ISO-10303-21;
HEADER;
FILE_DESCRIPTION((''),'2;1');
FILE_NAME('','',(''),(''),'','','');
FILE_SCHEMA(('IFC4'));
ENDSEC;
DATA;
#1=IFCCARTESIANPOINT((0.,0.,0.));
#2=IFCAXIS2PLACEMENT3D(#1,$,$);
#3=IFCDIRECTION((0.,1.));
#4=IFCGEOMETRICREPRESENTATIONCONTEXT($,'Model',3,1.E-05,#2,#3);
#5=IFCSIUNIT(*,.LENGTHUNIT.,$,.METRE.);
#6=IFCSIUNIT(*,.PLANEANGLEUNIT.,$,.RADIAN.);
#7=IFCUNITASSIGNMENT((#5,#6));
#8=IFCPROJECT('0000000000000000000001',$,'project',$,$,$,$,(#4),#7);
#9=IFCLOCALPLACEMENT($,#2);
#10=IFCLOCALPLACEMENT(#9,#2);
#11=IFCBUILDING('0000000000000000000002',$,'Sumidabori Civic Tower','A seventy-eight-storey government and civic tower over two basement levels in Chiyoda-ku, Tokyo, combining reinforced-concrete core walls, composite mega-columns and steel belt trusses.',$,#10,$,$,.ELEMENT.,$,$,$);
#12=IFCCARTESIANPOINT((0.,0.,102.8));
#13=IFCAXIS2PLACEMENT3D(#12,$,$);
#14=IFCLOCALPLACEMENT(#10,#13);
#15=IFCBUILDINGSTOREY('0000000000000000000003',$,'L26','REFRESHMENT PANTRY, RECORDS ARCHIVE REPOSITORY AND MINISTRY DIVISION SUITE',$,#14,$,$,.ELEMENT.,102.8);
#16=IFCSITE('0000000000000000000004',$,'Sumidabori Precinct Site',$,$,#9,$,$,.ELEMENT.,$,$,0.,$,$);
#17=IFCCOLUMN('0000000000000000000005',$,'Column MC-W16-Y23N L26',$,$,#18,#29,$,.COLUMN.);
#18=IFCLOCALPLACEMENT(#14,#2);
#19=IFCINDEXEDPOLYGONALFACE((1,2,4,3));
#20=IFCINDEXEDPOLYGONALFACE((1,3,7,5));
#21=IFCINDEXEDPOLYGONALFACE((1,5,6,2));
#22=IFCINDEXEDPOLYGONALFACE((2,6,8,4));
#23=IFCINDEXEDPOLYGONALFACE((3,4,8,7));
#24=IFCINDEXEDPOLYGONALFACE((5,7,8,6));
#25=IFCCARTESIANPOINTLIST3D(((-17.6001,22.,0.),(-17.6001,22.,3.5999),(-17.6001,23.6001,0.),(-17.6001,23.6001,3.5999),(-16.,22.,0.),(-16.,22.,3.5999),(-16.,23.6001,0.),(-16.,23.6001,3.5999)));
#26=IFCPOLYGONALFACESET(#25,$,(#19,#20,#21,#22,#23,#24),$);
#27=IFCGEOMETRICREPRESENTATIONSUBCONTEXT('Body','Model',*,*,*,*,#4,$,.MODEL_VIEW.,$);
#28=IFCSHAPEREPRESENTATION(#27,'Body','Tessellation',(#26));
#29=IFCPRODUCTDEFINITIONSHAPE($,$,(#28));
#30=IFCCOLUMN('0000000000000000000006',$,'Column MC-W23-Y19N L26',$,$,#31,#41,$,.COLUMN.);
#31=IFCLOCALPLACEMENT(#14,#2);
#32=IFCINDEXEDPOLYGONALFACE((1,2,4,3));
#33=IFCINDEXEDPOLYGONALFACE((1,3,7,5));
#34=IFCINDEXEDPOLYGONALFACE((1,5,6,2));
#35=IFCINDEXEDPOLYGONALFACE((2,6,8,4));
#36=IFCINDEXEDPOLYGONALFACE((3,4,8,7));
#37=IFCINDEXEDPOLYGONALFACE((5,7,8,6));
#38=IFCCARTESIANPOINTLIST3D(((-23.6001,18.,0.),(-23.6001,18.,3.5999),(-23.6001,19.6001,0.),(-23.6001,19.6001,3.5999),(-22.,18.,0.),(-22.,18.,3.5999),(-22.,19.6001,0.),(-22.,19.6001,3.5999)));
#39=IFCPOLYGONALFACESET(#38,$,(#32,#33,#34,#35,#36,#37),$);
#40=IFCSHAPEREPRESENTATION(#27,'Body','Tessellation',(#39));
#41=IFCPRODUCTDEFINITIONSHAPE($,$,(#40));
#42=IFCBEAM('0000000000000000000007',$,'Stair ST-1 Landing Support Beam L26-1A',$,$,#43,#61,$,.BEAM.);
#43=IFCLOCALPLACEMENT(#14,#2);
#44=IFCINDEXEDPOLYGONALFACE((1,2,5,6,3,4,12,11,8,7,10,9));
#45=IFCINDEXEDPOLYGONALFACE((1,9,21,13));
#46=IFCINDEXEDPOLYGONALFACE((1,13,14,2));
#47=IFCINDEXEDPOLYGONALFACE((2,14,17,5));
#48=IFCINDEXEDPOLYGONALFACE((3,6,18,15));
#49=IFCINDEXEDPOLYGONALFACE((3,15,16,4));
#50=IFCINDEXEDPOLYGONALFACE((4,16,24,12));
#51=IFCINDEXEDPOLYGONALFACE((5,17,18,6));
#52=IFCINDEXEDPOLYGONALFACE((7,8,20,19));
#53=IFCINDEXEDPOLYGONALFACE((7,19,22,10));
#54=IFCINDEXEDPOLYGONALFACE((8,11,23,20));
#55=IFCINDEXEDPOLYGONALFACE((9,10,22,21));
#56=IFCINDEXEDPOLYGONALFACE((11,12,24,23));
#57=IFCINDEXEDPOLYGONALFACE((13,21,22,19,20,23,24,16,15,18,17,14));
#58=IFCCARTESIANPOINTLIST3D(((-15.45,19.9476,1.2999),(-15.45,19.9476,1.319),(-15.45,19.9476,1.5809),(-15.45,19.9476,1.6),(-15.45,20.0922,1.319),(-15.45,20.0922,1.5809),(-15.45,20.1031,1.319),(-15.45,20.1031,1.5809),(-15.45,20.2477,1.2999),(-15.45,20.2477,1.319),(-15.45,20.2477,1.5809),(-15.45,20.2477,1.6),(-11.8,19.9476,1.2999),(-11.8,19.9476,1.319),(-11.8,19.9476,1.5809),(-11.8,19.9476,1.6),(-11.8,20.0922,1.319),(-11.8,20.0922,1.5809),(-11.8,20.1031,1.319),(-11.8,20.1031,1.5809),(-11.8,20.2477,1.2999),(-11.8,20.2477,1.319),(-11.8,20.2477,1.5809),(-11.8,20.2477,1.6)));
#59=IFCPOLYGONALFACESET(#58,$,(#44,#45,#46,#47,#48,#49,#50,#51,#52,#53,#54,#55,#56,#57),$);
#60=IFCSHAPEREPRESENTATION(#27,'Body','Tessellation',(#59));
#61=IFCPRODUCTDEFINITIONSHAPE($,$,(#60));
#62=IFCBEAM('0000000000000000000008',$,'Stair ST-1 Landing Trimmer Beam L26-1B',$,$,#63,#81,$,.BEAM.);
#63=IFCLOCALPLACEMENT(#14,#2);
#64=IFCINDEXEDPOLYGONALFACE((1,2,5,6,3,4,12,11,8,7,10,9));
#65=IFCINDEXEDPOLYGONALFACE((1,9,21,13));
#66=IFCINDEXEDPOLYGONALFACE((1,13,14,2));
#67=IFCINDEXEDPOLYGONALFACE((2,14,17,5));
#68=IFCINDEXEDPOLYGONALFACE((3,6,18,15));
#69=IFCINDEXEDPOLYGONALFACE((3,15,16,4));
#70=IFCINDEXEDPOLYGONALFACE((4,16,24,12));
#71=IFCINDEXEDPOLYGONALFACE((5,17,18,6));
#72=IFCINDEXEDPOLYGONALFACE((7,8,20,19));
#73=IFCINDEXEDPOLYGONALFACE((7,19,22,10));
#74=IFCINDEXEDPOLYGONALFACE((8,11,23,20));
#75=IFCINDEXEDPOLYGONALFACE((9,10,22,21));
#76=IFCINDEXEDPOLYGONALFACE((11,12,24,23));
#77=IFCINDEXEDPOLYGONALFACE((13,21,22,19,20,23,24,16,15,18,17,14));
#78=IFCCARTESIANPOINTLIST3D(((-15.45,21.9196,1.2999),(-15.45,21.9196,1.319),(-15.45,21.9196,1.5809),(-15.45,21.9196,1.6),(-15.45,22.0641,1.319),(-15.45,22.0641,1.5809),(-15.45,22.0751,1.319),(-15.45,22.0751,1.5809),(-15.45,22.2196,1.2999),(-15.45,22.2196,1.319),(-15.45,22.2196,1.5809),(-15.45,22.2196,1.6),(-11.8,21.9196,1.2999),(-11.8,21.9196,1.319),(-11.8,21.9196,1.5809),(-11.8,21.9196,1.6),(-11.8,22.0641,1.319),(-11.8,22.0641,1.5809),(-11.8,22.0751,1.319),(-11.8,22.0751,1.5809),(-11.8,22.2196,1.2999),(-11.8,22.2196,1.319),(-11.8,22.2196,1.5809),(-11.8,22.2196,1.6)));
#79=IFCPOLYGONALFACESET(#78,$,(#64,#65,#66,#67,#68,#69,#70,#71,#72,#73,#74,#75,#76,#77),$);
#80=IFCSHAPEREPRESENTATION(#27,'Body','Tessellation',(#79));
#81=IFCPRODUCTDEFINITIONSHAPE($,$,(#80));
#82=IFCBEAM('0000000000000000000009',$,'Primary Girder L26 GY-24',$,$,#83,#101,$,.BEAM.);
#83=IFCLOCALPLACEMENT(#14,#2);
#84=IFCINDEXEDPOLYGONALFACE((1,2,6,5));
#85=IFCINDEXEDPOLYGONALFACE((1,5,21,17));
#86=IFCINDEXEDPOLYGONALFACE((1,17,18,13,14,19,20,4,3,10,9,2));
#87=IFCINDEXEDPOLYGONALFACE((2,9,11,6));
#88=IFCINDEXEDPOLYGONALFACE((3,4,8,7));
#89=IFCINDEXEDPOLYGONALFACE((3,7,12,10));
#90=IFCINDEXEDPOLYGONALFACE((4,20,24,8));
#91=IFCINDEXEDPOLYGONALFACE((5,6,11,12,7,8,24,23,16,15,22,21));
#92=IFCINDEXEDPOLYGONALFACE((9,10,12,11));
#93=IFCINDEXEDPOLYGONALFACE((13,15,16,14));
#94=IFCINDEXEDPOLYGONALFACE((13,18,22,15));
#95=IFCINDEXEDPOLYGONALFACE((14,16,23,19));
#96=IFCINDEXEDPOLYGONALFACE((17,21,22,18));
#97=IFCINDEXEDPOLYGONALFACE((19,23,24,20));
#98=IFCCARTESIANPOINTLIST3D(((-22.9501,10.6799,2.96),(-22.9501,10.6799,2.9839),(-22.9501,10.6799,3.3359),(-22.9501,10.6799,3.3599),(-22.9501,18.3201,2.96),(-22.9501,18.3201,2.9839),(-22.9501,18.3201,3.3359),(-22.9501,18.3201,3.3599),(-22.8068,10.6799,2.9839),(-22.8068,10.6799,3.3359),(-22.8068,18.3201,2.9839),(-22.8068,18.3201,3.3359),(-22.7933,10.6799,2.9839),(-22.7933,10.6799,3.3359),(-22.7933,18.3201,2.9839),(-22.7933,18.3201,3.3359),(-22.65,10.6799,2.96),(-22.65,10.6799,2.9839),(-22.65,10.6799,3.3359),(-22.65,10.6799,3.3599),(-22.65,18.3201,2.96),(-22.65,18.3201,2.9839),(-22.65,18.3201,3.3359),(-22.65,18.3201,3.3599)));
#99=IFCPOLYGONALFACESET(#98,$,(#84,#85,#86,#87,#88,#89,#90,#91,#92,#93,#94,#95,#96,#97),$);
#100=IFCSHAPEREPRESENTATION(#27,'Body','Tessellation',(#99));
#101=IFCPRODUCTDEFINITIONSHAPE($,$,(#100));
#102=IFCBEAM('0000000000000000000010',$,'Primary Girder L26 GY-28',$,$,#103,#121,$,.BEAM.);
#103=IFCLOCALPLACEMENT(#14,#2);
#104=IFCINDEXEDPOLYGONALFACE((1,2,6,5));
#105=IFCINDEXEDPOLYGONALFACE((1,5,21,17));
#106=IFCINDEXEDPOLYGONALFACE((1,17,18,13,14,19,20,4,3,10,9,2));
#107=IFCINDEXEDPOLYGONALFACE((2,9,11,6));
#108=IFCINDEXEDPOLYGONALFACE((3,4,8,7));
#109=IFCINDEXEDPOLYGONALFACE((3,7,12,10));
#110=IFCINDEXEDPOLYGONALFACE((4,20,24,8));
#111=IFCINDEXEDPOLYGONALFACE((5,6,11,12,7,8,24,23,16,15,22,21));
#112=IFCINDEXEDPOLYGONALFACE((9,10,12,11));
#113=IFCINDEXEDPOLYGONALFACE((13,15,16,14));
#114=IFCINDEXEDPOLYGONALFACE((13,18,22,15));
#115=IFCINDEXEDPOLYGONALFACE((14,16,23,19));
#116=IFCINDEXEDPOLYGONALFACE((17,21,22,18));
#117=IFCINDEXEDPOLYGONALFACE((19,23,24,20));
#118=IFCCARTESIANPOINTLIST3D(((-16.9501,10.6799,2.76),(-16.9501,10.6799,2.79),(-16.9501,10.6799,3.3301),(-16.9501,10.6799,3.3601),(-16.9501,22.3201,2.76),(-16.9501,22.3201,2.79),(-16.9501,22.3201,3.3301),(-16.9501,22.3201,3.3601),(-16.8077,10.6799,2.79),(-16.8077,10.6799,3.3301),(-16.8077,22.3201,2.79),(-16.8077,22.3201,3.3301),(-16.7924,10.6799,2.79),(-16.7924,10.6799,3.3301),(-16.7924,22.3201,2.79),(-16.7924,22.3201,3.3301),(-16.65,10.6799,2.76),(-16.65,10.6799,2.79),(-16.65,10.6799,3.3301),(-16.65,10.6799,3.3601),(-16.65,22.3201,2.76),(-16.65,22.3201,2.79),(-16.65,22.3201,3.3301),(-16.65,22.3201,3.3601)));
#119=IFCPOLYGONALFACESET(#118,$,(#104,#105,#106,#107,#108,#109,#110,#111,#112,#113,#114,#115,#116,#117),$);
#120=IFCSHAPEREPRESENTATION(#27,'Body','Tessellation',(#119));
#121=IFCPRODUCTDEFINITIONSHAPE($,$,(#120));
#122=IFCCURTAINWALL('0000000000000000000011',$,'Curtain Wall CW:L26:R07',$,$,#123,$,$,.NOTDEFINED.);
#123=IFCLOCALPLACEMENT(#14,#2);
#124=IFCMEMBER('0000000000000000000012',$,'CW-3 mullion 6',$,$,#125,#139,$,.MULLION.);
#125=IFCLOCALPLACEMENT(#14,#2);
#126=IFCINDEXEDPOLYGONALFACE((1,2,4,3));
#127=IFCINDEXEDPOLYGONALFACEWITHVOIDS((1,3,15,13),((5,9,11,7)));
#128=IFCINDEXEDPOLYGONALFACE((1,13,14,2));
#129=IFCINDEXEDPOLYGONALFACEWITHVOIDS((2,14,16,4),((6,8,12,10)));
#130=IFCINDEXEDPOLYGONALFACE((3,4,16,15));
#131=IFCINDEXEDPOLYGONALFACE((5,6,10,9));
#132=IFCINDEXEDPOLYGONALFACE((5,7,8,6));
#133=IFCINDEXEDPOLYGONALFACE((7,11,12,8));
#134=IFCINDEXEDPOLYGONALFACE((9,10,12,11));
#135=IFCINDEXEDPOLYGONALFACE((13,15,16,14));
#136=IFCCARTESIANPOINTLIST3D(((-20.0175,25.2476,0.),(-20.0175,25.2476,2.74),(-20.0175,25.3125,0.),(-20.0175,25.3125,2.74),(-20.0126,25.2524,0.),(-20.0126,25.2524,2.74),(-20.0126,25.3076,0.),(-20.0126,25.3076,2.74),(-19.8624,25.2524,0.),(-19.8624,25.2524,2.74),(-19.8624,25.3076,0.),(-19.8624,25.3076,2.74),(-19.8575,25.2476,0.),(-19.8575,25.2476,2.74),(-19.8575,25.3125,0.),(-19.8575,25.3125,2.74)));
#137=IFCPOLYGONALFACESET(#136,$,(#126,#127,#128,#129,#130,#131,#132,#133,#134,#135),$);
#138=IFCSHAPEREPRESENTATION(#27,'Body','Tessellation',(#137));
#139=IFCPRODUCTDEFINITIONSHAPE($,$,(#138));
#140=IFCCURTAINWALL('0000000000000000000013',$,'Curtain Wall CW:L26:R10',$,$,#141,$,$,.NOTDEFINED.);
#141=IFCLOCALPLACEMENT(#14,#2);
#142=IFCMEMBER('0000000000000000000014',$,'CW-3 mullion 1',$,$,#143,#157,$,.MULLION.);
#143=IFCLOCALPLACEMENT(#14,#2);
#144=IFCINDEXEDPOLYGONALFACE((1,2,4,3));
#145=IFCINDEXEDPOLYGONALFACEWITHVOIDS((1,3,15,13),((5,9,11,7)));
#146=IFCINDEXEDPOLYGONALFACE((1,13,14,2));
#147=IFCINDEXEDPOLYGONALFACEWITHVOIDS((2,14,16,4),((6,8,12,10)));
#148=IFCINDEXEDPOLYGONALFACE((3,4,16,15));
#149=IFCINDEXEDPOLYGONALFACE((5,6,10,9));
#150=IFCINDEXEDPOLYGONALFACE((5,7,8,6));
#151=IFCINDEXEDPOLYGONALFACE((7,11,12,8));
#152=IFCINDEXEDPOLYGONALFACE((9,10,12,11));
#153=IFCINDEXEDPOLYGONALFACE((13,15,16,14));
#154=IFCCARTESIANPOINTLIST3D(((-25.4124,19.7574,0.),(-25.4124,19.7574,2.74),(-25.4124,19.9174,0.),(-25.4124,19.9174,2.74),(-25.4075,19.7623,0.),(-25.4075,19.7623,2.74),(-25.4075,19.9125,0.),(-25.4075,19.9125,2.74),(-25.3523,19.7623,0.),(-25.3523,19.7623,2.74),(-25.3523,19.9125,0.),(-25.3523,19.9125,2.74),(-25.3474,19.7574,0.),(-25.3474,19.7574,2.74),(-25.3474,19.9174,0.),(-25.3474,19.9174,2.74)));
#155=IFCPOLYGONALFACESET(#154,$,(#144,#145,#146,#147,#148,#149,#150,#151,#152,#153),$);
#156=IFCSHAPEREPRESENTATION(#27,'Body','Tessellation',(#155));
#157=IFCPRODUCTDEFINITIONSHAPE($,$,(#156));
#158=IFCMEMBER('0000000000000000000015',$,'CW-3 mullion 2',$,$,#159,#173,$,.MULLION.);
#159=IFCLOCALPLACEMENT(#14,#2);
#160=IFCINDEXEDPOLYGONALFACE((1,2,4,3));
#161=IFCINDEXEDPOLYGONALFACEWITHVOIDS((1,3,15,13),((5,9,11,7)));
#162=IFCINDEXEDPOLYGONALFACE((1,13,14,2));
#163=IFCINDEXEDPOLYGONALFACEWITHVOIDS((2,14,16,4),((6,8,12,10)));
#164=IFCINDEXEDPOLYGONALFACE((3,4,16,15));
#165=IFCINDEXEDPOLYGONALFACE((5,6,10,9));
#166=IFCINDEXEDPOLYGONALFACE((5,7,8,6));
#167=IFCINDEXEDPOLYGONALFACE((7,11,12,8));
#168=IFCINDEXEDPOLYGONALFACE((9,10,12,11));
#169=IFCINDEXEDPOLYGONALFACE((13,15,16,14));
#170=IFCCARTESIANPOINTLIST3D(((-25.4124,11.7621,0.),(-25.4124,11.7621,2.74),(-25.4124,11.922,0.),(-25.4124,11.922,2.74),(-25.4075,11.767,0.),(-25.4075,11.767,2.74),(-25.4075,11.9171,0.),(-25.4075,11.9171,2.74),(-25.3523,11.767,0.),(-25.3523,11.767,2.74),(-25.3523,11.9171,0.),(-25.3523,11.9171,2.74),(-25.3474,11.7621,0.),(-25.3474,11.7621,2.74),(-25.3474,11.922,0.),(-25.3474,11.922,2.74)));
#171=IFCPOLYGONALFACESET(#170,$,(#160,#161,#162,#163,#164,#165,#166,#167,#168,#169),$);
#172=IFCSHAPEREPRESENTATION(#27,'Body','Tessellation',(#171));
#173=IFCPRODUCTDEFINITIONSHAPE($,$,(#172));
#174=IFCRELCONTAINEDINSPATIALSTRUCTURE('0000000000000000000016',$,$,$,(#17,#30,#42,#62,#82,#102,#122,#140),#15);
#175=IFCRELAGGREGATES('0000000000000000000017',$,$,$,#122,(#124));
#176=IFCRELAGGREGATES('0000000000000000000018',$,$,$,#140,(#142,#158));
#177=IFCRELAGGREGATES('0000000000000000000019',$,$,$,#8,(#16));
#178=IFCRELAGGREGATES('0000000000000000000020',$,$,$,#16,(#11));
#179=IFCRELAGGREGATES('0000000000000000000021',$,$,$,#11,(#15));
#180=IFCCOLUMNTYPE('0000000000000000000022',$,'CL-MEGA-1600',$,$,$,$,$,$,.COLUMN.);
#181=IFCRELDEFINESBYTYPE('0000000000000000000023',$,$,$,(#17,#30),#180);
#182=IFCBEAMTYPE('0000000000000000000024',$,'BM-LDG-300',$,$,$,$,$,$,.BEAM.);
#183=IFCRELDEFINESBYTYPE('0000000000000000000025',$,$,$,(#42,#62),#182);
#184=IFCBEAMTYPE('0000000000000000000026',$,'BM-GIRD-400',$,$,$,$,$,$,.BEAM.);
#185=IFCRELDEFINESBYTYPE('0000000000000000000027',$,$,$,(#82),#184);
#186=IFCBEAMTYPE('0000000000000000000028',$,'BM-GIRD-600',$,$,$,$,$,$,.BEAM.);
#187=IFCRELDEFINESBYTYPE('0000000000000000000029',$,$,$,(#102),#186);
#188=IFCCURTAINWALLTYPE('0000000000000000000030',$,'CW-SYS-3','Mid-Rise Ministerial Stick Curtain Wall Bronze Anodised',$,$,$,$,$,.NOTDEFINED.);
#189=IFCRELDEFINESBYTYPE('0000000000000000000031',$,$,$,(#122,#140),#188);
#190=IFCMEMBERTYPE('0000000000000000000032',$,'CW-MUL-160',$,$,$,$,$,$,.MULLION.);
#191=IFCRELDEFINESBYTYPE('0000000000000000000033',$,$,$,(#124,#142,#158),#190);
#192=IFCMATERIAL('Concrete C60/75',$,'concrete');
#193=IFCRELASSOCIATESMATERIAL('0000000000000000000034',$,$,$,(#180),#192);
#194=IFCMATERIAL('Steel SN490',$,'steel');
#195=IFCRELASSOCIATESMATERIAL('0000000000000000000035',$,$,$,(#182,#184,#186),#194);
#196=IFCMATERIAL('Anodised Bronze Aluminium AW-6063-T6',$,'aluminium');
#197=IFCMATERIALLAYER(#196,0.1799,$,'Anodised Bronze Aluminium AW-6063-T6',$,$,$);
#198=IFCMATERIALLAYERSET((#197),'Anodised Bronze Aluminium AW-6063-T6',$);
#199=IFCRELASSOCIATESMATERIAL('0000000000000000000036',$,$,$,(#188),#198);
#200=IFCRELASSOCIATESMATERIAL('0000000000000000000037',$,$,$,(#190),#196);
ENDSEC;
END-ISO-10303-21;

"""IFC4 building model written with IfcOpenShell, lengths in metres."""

from ifc_helpers import new_model, si_unit, direction, frame, origin, origin_2d, place, context, subcontext, project, spatial, rectangle, hollow_rectangle, i_section, extrude, source, transform, mapped, material, layer, layer_set, material_profile, profile_set, type_object, element, aggregate, save


model = new_model("IFC4")

# Units and contexts
model_context = context("Model", 3, precision=1e-05, world=origin(), true_north=direction((0.0, 1.0)))
body_context = subcontext(model_context, "Body", "Model", "MODEL_VIEW")
ifc_project = project(units=[si_unit("LENGTHUNIT", "METRE"), si_unit("PLANEANGLEUNIT", "RADIAN")], contexts=[model_context])

# Site, building, storey
site_placement = place(None, origin())
site = spatial("IfcSite", under=ifc_project, at=site_placement, Name="Sumidabori Precinct Site", CompositionType="ELEMENT", RefElevation=0.0)
building_placement = place(site_placement, origin())
building = spatial("IfcBuilding", under=site, at=building_placement, Name="Sumidabori Civic Tower", Description="A seventy-eight-storey government and civic tower over two basement levels in Chiyoda-ku, Tokyo, combining reinforced-concrete core walls, composite mega-columns and steel belt trusses.", CompositionType="ELEMENT")
storey_placement = place(building_placement, frame((0.0, 0.0, 102.8)))
storey = spatial("IfcBuildingStorey", under=building, at=storey_placement, Name="L26", Description="REFRESHMENT PANTRY, RECORDS ARCHIVE REPOSITORY AND MINISTRY DIVISION SUITE", CompositionType="ELEMENT", Elevation=102.8)

# Columns
ifc_material_1 = material(Name="Concrete C60/75", Category="concrete")
ifc_material_profile_1 = material_profile(ifc_material_1, rectangle(XDim=1.6001, YDim=1.6001, at=origin_2d()), Name="RC 1600x1600")
ifc_profile_set_1 = profile_set([ifc_material_profile_1], Name="Concrete C60/75")
column_type = type_object("IfcColumnType", Name="CL-MEGA-1600", PredefinedType="COLUMN", material=ifc_profile_set_1)
shared_shape_1 = source(origin(), body_context, "Body", "SweptSolid", [
    extrude(rectangle(XDim=1.6001, YDim=1.6001, at=origin_2d()), origin(), (0.0, 0.0, 1.0), 3.5999),
])
for number, where, z_axis, x_axis, name in (
    (1, (-16.8, 22.8, 0.0), (0.0, 0.0, 1.0), (1.0, 0.0, 0.0), "Column MC-W16-Y23N L26"),
    (2, (-22.8, 18.8, 0.0), (0.0, 0.0, 1.0), (1.0, 0.0, 0.0), "Column MC-W23-Y19N L26"),
):
    element("IfcColumn", number, at=place(storey_placement, frame(where, z_axis=z_axis, x_axis=x_axis)), inside=storey, type_object=column_type, Name=name, PredefinedType="COLUMN", context=body_context, shape_type="MappedRepresentation", body=[
        mapped(shared_shape_1, transform((0.0, 0.0, 0.0), x_axis=(1.0, 0.0, 0.0), y_axis=(0.0, 1.0, 0.0), z_axis=(0.0, 0.0, 1.0), scale=1.0)),
    ])

# Beams
ifc_material_2 = material(Name="Steel SN490", Category="steel")
ifc_material_profile_2 = material_profile(ifc_material_2, i_section(OverallWidth=0.3, OverallDepth=0.3, WebThickness=0.011, FlangeThickness=0.019, at=origin_2d()), Name="HE 300 B")
ifc_profile_set_2 = profile_set([ifc_material_profile_2], Name="Steel SN490")
beam_type_1 = type_object("IfcBeamType", Name="BM-LDG-300", PredefinedType="BEAM", material=ifc_profile_set_2)
shared_shape_2 = source(origin(), body_context, "Body", "SweptSolid", [
    extrude(i_section(OverallWidth=0.3, OverallDepth=0.3, WebThickness=0.011, FlangeThickness=0.019, at=origin_2d()), origin(), (0.0, 0.0, 1.0), 3.6499),
])
for number, where, z_axis, x_axis, name in (
    (3, (-15.45, 20.0977, 1.45), (1.0, 0.0, 0.0), (0.0, 1.0, 0.0), "Stair ST-1 Landing Support Beam L26-1A"),
    (4, (-15.45, 22.0696, 1.45), (1.0, 0.0, 0.0), (0.0, 1.0, 0.0), "Stair ST-1 Landing Trimmer Beam L26-1B"),
):
    element("IfcBeam", number, at=place(storey_placement, frame(where, z_axis=z_axis, x_axis=x_axis)), inside=storey, type_object=beam_type_1, Name=name, PredefinedType="BEAM", context=body_context, shape_type="MappedRepresentation", body=[
        mapped(shared_shape_2, transform((0.0, 0.0, 0.0), x_axis=(1.0, 0.0, 0.0), y_axis=(0.0, 1.0, 0.0), z_axis=(0.0, 0.0, 1.0), scale=1.0)),
    ])
ifc_material_profile_3 = material_profile(ifc_material_2, i_section(OverallWidth=0.3, OverallDepth=0.3999, WebThickness=0.0134, FlangeThickness=0.0239, at=origin_2d()), Name="HE 400 B")
ifc_profile_set_3 = profile_set([ifc_material_profile_3], Name="Steel SN490")
beam_type_2 = type_object("IfcBeamType", Name="BM-GIRD-400", PredefinedType="BEAM", material=ifc_profile_set_3)
shared_shape_3 = source(origin(), body_context, "Body", "SweptSolid", [
    extrude(i_section(OverallWidth=0.3, OverallDepth=0.3999, WebThickness=0.0134, FlangeThickness=0.0239, at=origin_2d()), origin(), (0.0, 0.0, 1.0), 7.6401),
])
beam_1_placement = place(storey_placement, frame((-22.8, 10.6799, 3.1599), z_axis=(0.0, 1.0, 0.0), x_axis=(-1.0, 0.0, 0.0)))
element("IfcBeam", 5, at=beam_1_placement, inside=storey, type_object=beam_type_2, Name="Primary Girder L26 GY-24", PredefinedType="BEAM", context=body_context, shape_type="MappedRepresentation", body=[
    mapped(shared_shape_3, transform((0.0, 0.0, 0.0), x_axis=(1.0, 0.0, 0.0), y_axis=(0.0, 1.0, 0.0), z_axis=(0.0, 0.0, 1.0), scale=1.0)),
])
ifc_material_profile_4 = material_profile(ifc_material_2, i_section(OverallWidth=0.3, OverallDepth=0.6001, WebThickness=0.0154, FlangeThickness=0.03, at=origin_2d()), Name="HE 600 B")
ifc_profile_set_4 = profile_set([ifc_material_profile_4], Name="Steel SN490")
beam_type_3 = type_object("IfcBeamType", Name="BM-GIRD-600", PredefinedType="BEAM", material=ifc_profile_set_4)
shared_shape_4 = source(origin(), body_context, "Body", "SweptSolid", [
    extrude(i_section(OverallWidth=0.3, OverallDepth=0.6001, WebThickness=0.0154, FlangeThickness=0.03, at=origin_2d()), origin(), (0.0, 0.0, 1.0), 11.6401),
])
beam_2_placement = place(storey_placement, frame((-16.8, 10.6799, 3.0601), z_axis=(0.0, 1.0, 0.0), x_axis=(-1.0, 0.0, 0.0)))
element("IfcBeam", 6, at=beam_2_placement, inside=storey, type_object=beam_type_3, Name="Primary Girder L26 GY-28", PredefinedType="BEAM", context=body_context, shape_type="MappedRepresentation", body=[
    mapped(shared_shape_4, transform((0.0, 0.0, 0.0), x_axis=(1.0, 0.0, 0.0), y_axis=(0.0, 1.0, 0.0), z_axis=(0.0, 0.0, 1.0), scale=1.0)),
])

# Curtain wall, member
ifc_material_3 = material(Name="Anodised Bronze Aluminium AW-6063-T6", Category="aluminium")
ifc_layer_1 = layer(ifc_material_3, 0.1799, Name="Anodised Bronze Aluminium AW-6063-T6")
ifc_layer_set_1 = layer_set([ifc_layer_1], Name="Anodised Bronze Aluminium AW-6063-T6")
curtain_wall_type = type_object("IfcCurtainWallType", Name="CW-SYS-3", Description="Mid-Rise Ministerial Stick Curtain Wall Bronze Anodised", PredefinedType="NOTDEFINED", material=ifc_layer_set_1)
curtain_wall_1_placement = place(storey_placement, origin())
curtain_wall_1 = element("IfcCurtainWall", 7, at=curtain_wall_1_placement, inside=storey, type_object=curtain_wall_type, Name="Curtain Wall CW:L26:R07", PredefinedType="NOTDEFINED")
ifc_material_profile_5 = material_profile(ifc_material_3, hollow_rectangle(XDim=0.0649, YDim=0.1599, WallThickness=0.0049, at=origin_2d()), Name="ALU MULLION 160x65")
ifc_profile_set_5 = profile_set([ifc_material_profile_5], Name="Anodised Bronze Aluminium AW-6063-T6")
member_type_1 = type_object("IfcMemberType", Name="CW-MUL-160", PredefinedType="MULLION", material=ifc_profile_set_5)
shared_shape_5 = source(origin(), body_context, "Body", "SweptSolid", [
    extrude(hollow_rectangle(XDim=0.0649, YDim=0.1599, WallThickness=0.0049, at=origin_2d()), origin(), (0.0, 0.0, 1.0), 2.74),
])
member_1_placement = place(storey_placement, frame((-19.9375, 25.28, 0.0), z_axis=(0.0, 0.0, 1.0), x_axis=(0.0, -1.0, 0.0)))
member_1 = element("IfcMember", 8, at=member_1_placement, type_object=member_type_1, Name="CW-3 mullion 6", PredefinedType="MULLION", context=body_context, shape_type="MappedRepresentation", body=[
    mapped(shared_shape_5, transform((0.0, 0.0, 0.0), x_axis=(1.0, 0.0, 0.0), y_axis=(0.0, 1.0, 0.0), z_axis=(0.0, 0.0, 1.0), scale=1.0)),
])

# Curtain wall, members
curtain_wall_2_placement = place(storey_placement, origin())
curtain_wall_2 = element("IfcCurtainWall", 9, at=curtain_wall_2_placement, inside=storey, type_object=curtain_wall_type, Name="Curtain Wall CW:L26:R10", PredefinedType="NOTDEFINED")
member_2_placement = place(storey_placement, frame((-25.3799, 19.8374, 0.0), z_axis=(0.0, 0.0, 1.0), x_axis=(1.0, 0.0, 0.0)))
member_2 = element("IfcMember", 10, at=member_2_placement, type_object=member_type_1, Name="CW-3 mullion 1", PredefinedType="MULLION", context=body_context, shape_type="MappedRepresentation", body=[
    mapped(shared_shape_5, transform((0.0, 0.0, 0.0), x_axis=(1.0, 0.0, 0.0), y_axis=(0.0, 1.0, 0.0), z_axis=(0.0, 0.0, 1.0), scale=1.0)),
])
member_3_placement = place(storey_placement, frame((-25.3799, 11.842, 0.0), z_axis=(0.0, 0.0, 1.0), x_axis=(1.0, 0.0, 0.0)))
member_3 = element("IfcMember", 11, at=member_3_placement, type_object=member_type_1, Name="CW-3 mullion 2", PredefinedType="MULLION", context=body_context, shape_type="MappedRepresentation", body=[
    mapped(shared_shape_5, transform((0.0, 0.0, 0.0), x_axis=(1.0, 0.0, 0.0), y_axis=(0.0, 1.0, 0.0), z_axis=(0.0, 0.0, 1.0), scale=1.0)),
])

aggregate(curtain_wall_1, [member_1])
aggregate(curtain_wall_2, [member_2, member_3])

save(model, "model.ifc")
